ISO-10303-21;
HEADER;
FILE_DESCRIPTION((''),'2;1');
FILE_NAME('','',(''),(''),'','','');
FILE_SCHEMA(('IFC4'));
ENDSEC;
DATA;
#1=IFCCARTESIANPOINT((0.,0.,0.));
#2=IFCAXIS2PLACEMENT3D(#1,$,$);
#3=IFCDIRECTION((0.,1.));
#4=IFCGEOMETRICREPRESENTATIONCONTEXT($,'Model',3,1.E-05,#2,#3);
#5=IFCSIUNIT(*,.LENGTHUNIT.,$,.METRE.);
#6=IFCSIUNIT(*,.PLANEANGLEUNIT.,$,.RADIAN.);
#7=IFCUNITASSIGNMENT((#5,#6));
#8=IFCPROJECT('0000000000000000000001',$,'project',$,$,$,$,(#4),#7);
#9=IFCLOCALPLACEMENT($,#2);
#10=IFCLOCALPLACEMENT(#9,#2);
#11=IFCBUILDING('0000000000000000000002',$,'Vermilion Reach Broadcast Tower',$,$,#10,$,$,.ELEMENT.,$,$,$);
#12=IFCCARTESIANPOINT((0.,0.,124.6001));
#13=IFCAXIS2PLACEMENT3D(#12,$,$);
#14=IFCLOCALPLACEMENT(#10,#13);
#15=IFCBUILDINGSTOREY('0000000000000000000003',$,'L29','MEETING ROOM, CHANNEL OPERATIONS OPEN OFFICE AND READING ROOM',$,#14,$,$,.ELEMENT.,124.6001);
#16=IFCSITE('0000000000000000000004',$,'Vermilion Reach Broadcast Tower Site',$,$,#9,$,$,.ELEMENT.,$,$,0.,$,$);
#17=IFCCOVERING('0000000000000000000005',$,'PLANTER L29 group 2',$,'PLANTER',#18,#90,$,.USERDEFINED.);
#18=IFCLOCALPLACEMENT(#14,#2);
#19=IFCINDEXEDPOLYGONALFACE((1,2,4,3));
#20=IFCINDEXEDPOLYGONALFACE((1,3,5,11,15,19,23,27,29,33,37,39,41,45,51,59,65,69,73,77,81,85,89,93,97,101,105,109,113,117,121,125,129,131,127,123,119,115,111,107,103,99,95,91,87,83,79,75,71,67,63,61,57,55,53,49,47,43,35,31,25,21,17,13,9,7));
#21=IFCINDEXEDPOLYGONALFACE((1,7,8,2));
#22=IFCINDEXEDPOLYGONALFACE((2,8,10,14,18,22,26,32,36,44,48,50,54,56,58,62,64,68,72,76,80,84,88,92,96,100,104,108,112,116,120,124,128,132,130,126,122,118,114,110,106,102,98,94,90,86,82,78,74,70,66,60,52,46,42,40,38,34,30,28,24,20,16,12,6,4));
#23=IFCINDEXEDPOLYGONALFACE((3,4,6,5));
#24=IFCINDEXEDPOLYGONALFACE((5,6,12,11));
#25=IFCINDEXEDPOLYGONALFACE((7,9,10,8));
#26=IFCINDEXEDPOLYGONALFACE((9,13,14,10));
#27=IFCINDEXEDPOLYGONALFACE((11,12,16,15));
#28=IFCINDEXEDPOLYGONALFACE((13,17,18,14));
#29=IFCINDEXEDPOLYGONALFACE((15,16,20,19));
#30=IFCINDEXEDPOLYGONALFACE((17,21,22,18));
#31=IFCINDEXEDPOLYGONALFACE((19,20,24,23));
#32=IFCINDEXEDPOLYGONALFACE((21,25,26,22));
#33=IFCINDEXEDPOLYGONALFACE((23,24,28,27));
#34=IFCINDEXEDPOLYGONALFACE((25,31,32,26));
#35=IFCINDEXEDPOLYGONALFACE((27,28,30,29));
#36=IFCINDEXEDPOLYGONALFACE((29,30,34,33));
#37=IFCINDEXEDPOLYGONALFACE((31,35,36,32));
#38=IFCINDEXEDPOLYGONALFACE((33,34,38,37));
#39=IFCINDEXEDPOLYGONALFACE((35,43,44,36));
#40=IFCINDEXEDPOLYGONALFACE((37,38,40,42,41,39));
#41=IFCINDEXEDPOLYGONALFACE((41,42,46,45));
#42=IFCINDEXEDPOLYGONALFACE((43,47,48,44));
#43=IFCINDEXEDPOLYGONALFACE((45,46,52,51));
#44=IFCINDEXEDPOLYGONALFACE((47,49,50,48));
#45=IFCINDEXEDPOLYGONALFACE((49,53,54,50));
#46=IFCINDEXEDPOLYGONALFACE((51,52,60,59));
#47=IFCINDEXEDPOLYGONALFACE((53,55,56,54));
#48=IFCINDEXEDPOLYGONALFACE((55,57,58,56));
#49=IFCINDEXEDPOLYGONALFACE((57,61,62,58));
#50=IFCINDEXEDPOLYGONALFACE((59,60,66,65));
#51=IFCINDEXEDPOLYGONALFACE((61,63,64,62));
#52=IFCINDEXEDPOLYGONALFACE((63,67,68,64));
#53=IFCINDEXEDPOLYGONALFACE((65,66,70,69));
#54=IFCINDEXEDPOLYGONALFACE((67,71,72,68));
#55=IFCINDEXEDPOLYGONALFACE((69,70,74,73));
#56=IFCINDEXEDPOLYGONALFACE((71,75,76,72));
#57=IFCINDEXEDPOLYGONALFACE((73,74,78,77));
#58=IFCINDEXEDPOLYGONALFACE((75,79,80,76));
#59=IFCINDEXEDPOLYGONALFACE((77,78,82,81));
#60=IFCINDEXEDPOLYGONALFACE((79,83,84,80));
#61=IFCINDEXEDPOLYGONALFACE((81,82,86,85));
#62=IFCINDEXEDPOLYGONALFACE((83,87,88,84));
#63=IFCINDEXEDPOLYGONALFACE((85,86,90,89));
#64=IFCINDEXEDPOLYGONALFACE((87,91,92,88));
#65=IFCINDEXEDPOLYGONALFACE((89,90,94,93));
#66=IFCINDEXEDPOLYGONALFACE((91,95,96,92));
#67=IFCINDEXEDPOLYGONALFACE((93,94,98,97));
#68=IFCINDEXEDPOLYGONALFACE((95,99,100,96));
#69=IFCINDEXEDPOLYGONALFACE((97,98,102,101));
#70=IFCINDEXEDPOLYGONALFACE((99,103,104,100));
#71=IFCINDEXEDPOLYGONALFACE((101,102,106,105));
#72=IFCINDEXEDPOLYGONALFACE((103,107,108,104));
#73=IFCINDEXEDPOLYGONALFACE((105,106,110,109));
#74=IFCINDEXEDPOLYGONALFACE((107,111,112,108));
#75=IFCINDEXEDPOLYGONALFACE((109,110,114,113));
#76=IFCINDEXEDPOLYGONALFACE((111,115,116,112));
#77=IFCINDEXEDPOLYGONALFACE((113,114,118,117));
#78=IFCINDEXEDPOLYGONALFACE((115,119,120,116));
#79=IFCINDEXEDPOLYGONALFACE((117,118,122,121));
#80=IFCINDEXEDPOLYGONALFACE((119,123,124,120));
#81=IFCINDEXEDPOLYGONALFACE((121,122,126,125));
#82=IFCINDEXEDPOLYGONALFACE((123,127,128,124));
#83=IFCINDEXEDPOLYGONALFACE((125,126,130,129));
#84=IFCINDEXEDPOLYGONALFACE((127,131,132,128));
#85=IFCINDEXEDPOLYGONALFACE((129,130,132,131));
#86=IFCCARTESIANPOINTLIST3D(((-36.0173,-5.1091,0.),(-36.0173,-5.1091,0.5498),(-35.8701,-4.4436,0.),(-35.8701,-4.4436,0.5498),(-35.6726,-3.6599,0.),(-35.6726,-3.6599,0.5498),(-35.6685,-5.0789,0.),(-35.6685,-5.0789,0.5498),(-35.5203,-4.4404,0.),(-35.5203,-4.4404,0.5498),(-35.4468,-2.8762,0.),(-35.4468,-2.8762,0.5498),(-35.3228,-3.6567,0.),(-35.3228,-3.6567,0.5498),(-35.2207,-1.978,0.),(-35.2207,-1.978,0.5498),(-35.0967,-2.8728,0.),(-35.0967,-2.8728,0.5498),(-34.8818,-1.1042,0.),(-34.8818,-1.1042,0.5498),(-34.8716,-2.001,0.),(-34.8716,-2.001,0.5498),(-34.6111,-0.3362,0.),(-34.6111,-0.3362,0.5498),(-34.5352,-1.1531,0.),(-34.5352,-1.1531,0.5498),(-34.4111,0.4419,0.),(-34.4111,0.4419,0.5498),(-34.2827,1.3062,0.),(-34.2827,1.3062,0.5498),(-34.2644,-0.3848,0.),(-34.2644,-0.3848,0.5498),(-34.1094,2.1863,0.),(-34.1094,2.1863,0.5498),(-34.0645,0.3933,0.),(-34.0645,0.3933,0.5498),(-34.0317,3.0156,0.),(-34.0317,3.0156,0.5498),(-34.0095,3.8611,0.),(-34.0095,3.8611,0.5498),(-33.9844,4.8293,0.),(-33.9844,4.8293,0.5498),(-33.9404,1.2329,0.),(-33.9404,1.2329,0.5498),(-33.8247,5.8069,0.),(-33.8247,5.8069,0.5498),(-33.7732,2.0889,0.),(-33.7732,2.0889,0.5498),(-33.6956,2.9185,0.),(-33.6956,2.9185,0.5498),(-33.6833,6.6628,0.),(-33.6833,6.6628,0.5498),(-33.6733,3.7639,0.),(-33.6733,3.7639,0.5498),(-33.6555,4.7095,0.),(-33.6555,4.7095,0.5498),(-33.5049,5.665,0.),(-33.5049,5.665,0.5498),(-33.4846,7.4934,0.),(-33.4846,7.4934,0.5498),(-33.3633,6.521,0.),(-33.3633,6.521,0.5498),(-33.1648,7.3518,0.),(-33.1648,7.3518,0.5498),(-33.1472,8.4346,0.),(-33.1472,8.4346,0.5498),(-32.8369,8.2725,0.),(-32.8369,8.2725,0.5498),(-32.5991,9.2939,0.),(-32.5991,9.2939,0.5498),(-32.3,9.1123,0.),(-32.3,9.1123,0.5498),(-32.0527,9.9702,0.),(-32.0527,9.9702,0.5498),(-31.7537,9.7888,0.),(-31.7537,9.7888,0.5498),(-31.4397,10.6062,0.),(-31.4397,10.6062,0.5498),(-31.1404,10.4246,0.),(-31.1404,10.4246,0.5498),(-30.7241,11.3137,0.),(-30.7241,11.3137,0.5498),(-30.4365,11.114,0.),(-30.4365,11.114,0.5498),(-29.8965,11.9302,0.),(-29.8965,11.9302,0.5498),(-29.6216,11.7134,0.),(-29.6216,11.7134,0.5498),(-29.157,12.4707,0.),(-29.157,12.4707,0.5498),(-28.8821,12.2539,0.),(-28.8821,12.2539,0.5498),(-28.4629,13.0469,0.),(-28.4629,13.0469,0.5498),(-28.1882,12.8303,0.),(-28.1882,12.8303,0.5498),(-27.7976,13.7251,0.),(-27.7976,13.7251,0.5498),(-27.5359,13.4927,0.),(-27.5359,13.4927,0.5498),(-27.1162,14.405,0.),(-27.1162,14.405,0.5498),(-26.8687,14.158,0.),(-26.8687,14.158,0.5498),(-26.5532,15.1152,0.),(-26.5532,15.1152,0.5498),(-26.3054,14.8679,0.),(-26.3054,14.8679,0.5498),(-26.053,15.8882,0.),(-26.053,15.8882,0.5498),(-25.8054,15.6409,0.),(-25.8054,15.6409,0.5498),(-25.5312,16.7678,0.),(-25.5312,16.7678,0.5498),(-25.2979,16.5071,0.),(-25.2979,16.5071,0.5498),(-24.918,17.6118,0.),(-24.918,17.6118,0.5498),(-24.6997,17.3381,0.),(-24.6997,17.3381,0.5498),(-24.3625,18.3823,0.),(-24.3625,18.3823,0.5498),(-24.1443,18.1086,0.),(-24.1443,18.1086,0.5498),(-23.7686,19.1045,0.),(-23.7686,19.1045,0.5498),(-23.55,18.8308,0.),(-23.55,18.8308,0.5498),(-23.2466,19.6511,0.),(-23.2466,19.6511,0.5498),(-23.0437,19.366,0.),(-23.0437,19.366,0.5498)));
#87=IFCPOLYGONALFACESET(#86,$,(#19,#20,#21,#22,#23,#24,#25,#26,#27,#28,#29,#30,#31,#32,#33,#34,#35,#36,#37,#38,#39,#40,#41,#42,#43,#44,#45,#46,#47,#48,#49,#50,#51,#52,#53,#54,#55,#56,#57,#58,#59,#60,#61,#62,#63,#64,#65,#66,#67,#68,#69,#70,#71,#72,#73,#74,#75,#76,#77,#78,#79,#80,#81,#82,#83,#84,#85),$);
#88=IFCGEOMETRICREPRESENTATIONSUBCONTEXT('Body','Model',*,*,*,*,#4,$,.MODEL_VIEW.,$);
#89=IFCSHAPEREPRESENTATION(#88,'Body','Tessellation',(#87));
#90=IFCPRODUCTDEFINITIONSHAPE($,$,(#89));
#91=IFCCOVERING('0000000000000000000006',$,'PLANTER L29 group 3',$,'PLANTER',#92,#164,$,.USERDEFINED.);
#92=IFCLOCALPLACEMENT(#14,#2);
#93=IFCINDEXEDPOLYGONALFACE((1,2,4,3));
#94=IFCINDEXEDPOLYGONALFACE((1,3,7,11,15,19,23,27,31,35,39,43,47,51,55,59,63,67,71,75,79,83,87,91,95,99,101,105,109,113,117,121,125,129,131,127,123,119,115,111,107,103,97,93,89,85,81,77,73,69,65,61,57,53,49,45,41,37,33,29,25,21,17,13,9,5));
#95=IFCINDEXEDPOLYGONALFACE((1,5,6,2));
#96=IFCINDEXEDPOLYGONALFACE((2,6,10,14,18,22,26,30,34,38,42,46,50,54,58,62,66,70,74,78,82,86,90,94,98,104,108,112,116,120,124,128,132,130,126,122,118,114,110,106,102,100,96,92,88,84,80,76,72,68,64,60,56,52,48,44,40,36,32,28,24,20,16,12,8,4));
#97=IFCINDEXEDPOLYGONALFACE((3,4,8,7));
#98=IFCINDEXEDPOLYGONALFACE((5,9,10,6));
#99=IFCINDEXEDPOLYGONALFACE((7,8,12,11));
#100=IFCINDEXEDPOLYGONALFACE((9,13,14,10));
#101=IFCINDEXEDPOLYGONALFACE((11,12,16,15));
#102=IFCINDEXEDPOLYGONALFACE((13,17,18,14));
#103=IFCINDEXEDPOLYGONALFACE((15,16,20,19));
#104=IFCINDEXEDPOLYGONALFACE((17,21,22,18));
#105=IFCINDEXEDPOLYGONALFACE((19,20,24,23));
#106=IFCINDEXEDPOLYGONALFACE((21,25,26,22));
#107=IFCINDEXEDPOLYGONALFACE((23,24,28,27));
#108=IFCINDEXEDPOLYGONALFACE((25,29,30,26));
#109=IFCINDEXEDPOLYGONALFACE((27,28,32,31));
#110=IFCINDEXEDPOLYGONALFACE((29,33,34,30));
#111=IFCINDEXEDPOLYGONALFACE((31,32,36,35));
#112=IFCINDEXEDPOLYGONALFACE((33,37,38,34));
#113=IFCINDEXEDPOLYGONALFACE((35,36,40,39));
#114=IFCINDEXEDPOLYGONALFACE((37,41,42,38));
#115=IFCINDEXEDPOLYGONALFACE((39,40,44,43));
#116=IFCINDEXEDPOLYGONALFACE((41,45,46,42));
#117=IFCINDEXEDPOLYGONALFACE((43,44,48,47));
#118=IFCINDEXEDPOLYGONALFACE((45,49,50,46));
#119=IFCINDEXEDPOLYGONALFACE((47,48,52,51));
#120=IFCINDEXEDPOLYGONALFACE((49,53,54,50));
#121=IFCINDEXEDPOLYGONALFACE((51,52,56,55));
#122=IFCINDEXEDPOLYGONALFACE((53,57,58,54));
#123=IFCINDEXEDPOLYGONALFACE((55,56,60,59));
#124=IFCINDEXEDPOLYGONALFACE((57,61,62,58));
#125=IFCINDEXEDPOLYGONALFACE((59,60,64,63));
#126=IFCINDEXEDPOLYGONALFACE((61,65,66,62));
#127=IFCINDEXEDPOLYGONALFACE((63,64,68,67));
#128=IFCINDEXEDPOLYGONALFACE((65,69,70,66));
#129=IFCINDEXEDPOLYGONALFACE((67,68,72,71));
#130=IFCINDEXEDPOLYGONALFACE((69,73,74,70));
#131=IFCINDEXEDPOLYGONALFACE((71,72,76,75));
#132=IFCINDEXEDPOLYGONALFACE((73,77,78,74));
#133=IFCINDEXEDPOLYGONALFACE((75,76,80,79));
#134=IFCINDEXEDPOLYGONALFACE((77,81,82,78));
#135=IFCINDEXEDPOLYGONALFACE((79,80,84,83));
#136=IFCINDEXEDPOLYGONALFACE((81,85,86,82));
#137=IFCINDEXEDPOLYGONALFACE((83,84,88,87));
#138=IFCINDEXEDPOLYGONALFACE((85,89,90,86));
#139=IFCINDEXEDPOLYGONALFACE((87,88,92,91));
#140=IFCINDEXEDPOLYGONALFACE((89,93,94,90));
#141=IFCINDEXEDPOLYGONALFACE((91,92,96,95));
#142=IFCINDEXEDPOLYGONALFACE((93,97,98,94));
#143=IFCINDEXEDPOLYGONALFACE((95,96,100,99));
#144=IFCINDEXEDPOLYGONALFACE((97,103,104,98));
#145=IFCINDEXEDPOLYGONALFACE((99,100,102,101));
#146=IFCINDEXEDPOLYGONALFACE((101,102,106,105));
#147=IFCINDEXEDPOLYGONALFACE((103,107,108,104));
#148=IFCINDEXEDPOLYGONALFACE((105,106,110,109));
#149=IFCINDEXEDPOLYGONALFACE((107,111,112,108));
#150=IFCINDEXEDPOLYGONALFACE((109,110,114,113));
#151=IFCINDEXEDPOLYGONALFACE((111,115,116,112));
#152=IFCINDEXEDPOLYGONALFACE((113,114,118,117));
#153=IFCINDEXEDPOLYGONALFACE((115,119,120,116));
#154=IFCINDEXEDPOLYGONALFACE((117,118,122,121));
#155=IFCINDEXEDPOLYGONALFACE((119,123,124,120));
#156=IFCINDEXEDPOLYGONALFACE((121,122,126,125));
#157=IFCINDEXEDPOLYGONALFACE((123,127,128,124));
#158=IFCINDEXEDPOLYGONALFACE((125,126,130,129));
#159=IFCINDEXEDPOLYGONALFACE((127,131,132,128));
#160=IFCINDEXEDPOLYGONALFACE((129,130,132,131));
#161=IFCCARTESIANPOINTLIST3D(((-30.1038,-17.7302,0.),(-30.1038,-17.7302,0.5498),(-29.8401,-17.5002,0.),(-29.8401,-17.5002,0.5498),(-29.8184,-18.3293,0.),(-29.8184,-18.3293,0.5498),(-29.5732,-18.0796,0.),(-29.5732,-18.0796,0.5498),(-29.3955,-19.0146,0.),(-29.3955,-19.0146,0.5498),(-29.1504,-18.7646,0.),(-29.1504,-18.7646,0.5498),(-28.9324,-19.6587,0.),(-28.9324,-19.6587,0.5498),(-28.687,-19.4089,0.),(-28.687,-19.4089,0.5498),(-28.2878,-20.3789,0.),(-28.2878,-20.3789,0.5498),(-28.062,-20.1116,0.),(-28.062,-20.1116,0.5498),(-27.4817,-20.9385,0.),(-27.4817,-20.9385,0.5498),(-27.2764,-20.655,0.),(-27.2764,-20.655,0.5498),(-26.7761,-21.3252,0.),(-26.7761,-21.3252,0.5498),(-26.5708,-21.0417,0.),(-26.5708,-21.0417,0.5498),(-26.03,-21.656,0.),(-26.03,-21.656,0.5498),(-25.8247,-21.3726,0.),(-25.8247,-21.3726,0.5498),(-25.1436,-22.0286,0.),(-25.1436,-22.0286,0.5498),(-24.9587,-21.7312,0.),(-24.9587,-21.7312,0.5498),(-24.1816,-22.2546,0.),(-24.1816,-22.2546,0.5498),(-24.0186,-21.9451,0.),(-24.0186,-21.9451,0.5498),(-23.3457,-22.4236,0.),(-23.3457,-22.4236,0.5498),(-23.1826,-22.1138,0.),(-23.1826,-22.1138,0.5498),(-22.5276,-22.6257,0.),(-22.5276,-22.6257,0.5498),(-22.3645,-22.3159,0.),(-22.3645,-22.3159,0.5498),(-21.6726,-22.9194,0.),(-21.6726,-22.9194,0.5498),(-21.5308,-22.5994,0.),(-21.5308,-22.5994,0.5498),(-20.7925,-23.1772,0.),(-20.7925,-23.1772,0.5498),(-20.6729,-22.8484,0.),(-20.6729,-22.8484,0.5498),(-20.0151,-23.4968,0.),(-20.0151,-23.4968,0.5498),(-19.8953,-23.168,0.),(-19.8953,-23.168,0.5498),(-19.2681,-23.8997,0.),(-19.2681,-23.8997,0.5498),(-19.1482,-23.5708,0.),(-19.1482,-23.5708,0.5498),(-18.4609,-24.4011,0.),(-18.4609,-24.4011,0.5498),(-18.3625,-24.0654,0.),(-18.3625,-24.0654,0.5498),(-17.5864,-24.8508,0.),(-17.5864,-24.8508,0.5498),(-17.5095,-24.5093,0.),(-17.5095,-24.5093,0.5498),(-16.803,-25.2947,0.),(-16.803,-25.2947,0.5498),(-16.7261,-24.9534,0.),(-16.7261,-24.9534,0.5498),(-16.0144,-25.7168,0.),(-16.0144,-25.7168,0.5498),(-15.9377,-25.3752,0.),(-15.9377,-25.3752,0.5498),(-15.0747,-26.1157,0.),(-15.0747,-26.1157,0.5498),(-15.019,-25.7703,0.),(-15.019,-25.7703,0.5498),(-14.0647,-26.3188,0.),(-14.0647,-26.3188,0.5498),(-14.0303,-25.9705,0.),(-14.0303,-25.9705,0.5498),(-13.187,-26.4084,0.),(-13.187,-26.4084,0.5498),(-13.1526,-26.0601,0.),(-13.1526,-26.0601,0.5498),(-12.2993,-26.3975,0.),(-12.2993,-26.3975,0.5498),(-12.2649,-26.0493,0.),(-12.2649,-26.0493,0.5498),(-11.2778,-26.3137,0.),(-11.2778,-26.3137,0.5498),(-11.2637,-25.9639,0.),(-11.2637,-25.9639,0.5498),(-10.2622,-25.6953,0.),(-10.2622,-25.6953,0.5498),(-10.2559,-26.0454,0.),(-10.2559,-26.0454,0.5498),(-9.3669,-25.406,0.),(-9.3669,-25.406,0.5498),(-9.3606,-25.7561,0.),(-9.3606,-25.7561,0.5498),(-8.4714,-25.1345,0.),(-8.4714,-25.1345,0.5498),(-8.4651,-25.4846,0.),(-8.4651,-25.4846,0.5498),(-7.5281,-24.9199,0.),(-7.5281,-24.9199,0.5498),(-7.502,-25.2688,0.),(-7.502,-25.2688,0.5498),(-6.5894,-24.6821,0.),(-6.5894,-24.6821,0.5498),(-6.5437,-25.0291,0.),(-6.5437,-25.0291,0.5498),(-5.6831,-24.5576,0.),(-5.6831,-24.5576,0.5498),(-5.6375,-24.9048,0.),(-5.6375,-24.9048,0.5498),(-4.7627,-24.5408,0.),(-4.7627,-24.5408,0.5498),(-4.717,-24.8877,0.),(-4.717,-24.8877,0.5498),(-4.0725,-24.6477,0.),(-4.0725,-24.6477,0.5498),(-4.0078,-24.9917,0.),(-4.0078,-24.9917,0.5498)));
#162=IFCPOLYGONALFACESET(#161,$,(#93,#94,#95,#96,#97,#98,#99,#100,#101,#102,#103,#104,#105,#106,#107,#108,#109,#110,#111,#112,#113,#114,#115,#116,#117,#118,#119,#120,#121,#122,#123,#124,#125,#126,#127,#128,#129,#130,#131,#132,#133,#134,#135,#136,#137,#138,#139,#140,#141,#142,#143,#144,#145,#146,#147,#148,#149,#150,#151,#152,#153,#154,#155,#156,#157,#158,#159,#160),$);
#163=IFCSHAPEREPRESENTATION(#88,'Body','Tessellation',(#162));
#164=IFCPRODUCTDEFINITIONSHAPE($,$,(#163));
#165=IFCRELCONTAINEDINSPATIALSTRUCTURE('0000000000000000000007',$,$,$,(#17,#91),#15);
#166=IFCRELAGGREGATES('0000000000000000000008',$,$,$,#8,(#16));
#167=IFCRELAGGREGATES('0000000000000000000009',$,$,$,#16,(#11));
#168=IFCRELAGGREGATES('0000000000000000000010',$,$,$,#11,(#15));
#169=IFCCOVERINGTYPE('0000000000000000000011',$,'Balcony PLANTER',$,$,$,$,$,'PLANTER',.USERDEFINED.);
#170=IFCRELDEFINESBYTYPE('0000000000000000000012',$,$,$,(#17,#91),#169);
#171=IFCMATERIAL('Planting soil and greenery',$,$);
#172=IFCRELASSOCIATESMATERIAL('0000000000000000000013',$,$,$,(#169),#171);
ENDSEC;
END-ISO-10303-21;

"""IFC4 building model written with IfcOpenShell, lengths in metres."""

from ifc_helpers import new_model, si_unit, direction, frame, origin, place, context, subcontext, project, spatial, polyline, outline, extrude, material, type_object, element, save


model = new_model("IFC4")

# Units and contexts
model_context = context("Model", 3, precision=1e-05, world=origin(), true_north=direction((0.0, 1.0)))
body_context = subcontext(model_context, "Body", "Model", "MODEL_VIEW")
ifc_project = project(units=[si_unit("LENGTHUNIT", "METRE"), si_unit("PLANEANGLEUNIT", "RADIAN")], contexts=[model_context])

# Site, building, storey
site_placement = place(None, origin())
site = spatial("IfcSite", under=ifc_project, at=site_placement, Name="Vermilion Reach Broadcast Tower Site", CompositionType="ELEMENT", RefElevation=0.0)
building_placement = place(site_placement, origin())
building = spatial("IfcBuilding", under=site, at=building_placement, Name="Vermilion Reach Broadcast Tower", CompositionType="ELEMENT")
storey_placement = place(building_placement, frame((0.0, 0.0, 124.6001)))
storey = spatial("IfcBuildingStorey", under=building, at=storey_placement, Name="L29", Description="MEETING ROOM, CHANNEL OPERATIONS OPEN OFFICE AND READING ROOM", CompositionType="ELEMENT", Elevation=124.6001)

# Shared definitions
placement_1 = place(storey_placement, origin())

# Coverings
ifc_material_1 = material(Name="Planting soil and greenery")
covering_type = type_object("IfcCoveringType", Name="Balcony PLANTER", ElementType="PLANTER", PredefinedType="USERDEFINED", material=ifc_material_1)
element("IfcCovering", 1, at=placement_1, inside=storey, type_object=covering_type, Name="PLANTER L29 group 2", ObjectType="PLANTER", PredefinedType="USERDEFINED", context=body_context, shape_type="SweptSolid", body=[
    extrude(outline(polyline([(-23.2466, 19.6511), (-23.7686, 19.1045), (-24.3625, 18.3823), (-24.918, 17.6118), (-25.5312, 16.7678), (-26.053, 15.8882), (-26.5532, 15.1152), (-27.1162, 14.405), (-27.7976, 13.7251), (-28.4629, 13.0469), (-29.157, 12.4707), (-29.8965, 11.9302), (-30.7241, 11.3137), (-31.4397, 10.6062), (-32.0527, 9.9702), (-32.5991, 9.2939), (-33.1472, 8.4346), (-33.4846, 7.4934), (-33.6833, 6.6628), (-33.8247, 5.8069), (-33.9844, 4.8293), (-34.0095, 3.8611), (-34.0317, 3.0156), (-34.1094, 2.1863), (-34.2827, 1.3062), (-34.4111, 0.4419), (-34.6111, -0.3362), (-34.8818, -1.1042), (-35.2207, -1.978), (-35.4468, -2.8762), (-35.6726, -3.6599), (-35.8701, -4.4436), (-36.0173, -5.1091), (-35.6685, -5.0789), (-35.5203, -4.4404), (-35.3228, -3.6567), (-35.0967, -2.8728), (-34.8716, -2.001), (-34.5352, -1.1531), (-34.2644, -0.3848), (-34.0645, 0.3933), (-33.9404, 1.2329), (-33.7732, 2.0889), (-33.6956, 2.9185), (-33.6733, 3.7639), (-33.6555, 4.7095), (-33.5049, 5.665), (-33.3633, 6.521), (-33.1648, 7.3518), (-32.8369, 8.2725), (-32.3, 9.1123), (-31.7537, 9.7888), (-31.1404, 10.4246), (-30.4365, 11.114), (-29.6216, 11.7134), (-28.8821, 12.2539), (-28.1882, 12.8303), (-27.5359, 13.4927), (-26.8687, 14.158), (-26.3054, 14.8679), (-25.8054, 15.6409), (-25.2979, 16.5071), (-24.6997, 17.3381), (-24.1443, 18.1086), (-23.55, 18.8308), (-23.0437, 19.366), (-23.2466, 19.6511)])), origin(), (0.0, 0.0, 1.0), 0.5498),
])
element("IfcCovering", 2, at=placement_1, inside=storey, type_object=covering_type, Name="PLANTER L29 group 3", ObjectType="PLANTER", PredefinedType="USERDEFINED", context=body_context, shape_type="SweptSolid", body=[
    extrude(outline(polyline([(-30.1038, -17.7302), (-29.8184, -18.3293), (-29.3955, -19.0146), (-28.9324, -19.6587), (-28.2878, -20.3789), (-27.4817, -20.9385), (-26.7761, -21.3252), (-26.03, -21.656), (-25.1436, -22.0286), (-24.1816, -22.2546), (-23.3457, -22.4236), (-22.5276, -22.6257), (-21.6726, -22.9194), (-20.7925, -23.1772), (-20.0151, -23.4968), (-19.2681, -23.8997), (-18.4609, -24.4011), (-17.5864, -24.8508), (-16.803, -25.2947), (-16.0144, -25.7168), (-15.0747, -26.1157), (-14.0647, -26.3188), (-13.187, -26.4084), (-12.2993, -26.3975), (-11.2778, -26.3137), (-10.2559, -26.0454), (-9.3606, -25.7561), (-8.4651, -25.4846), (-7.502, -25.2688), (-6.5437, -25.0291), (-5.6375, -24.9048), (-4.717, -24.8877), (-4.0078, -24.9917), (-4.0725, -24.6477), (-4.7627, -24.5408), (-5.6831, -24.5576), (-6.5894, -24.6821), (-7.5281, -24.9199), (-8.4714, -25.1345), (-9.3669, -25.406), (-10.2622, -25.6953), (-11.2637, -25.9639), (-12.2649, -26.0493), (-13.1526, -26.0601), (-14.0303, -25.9705), (-15.019, -25.7703), (-15.9377, -25.3752), (-16.7261, -24.9534), (-17.5095, -24.5093), (-18.3625, -24.0654), (-19.1482, -23.5708), (-19.8953, -23.168), (-20.6729, -22.8484), (-21.5308, -22.5994), (-22.3645, -22.3159), (-23.1826, -22.1138), (-24.0186, -21.9451), (-24.9587, -21.7312), (-25.8247, -21.3726), (-26.5708, -21.0417), (-27.2764, -20.655), (-28.062, -20.1116), (-28.687, -19.4089), (-29.1504, -18.7646), (-29.5732, -18.0796), (-29.8401, -17.5002), (-30.1038, -17.7302)])), origin(), (0.0, 0.0, 1.0), 0.5498),
])

save(model, "model.ifc")
